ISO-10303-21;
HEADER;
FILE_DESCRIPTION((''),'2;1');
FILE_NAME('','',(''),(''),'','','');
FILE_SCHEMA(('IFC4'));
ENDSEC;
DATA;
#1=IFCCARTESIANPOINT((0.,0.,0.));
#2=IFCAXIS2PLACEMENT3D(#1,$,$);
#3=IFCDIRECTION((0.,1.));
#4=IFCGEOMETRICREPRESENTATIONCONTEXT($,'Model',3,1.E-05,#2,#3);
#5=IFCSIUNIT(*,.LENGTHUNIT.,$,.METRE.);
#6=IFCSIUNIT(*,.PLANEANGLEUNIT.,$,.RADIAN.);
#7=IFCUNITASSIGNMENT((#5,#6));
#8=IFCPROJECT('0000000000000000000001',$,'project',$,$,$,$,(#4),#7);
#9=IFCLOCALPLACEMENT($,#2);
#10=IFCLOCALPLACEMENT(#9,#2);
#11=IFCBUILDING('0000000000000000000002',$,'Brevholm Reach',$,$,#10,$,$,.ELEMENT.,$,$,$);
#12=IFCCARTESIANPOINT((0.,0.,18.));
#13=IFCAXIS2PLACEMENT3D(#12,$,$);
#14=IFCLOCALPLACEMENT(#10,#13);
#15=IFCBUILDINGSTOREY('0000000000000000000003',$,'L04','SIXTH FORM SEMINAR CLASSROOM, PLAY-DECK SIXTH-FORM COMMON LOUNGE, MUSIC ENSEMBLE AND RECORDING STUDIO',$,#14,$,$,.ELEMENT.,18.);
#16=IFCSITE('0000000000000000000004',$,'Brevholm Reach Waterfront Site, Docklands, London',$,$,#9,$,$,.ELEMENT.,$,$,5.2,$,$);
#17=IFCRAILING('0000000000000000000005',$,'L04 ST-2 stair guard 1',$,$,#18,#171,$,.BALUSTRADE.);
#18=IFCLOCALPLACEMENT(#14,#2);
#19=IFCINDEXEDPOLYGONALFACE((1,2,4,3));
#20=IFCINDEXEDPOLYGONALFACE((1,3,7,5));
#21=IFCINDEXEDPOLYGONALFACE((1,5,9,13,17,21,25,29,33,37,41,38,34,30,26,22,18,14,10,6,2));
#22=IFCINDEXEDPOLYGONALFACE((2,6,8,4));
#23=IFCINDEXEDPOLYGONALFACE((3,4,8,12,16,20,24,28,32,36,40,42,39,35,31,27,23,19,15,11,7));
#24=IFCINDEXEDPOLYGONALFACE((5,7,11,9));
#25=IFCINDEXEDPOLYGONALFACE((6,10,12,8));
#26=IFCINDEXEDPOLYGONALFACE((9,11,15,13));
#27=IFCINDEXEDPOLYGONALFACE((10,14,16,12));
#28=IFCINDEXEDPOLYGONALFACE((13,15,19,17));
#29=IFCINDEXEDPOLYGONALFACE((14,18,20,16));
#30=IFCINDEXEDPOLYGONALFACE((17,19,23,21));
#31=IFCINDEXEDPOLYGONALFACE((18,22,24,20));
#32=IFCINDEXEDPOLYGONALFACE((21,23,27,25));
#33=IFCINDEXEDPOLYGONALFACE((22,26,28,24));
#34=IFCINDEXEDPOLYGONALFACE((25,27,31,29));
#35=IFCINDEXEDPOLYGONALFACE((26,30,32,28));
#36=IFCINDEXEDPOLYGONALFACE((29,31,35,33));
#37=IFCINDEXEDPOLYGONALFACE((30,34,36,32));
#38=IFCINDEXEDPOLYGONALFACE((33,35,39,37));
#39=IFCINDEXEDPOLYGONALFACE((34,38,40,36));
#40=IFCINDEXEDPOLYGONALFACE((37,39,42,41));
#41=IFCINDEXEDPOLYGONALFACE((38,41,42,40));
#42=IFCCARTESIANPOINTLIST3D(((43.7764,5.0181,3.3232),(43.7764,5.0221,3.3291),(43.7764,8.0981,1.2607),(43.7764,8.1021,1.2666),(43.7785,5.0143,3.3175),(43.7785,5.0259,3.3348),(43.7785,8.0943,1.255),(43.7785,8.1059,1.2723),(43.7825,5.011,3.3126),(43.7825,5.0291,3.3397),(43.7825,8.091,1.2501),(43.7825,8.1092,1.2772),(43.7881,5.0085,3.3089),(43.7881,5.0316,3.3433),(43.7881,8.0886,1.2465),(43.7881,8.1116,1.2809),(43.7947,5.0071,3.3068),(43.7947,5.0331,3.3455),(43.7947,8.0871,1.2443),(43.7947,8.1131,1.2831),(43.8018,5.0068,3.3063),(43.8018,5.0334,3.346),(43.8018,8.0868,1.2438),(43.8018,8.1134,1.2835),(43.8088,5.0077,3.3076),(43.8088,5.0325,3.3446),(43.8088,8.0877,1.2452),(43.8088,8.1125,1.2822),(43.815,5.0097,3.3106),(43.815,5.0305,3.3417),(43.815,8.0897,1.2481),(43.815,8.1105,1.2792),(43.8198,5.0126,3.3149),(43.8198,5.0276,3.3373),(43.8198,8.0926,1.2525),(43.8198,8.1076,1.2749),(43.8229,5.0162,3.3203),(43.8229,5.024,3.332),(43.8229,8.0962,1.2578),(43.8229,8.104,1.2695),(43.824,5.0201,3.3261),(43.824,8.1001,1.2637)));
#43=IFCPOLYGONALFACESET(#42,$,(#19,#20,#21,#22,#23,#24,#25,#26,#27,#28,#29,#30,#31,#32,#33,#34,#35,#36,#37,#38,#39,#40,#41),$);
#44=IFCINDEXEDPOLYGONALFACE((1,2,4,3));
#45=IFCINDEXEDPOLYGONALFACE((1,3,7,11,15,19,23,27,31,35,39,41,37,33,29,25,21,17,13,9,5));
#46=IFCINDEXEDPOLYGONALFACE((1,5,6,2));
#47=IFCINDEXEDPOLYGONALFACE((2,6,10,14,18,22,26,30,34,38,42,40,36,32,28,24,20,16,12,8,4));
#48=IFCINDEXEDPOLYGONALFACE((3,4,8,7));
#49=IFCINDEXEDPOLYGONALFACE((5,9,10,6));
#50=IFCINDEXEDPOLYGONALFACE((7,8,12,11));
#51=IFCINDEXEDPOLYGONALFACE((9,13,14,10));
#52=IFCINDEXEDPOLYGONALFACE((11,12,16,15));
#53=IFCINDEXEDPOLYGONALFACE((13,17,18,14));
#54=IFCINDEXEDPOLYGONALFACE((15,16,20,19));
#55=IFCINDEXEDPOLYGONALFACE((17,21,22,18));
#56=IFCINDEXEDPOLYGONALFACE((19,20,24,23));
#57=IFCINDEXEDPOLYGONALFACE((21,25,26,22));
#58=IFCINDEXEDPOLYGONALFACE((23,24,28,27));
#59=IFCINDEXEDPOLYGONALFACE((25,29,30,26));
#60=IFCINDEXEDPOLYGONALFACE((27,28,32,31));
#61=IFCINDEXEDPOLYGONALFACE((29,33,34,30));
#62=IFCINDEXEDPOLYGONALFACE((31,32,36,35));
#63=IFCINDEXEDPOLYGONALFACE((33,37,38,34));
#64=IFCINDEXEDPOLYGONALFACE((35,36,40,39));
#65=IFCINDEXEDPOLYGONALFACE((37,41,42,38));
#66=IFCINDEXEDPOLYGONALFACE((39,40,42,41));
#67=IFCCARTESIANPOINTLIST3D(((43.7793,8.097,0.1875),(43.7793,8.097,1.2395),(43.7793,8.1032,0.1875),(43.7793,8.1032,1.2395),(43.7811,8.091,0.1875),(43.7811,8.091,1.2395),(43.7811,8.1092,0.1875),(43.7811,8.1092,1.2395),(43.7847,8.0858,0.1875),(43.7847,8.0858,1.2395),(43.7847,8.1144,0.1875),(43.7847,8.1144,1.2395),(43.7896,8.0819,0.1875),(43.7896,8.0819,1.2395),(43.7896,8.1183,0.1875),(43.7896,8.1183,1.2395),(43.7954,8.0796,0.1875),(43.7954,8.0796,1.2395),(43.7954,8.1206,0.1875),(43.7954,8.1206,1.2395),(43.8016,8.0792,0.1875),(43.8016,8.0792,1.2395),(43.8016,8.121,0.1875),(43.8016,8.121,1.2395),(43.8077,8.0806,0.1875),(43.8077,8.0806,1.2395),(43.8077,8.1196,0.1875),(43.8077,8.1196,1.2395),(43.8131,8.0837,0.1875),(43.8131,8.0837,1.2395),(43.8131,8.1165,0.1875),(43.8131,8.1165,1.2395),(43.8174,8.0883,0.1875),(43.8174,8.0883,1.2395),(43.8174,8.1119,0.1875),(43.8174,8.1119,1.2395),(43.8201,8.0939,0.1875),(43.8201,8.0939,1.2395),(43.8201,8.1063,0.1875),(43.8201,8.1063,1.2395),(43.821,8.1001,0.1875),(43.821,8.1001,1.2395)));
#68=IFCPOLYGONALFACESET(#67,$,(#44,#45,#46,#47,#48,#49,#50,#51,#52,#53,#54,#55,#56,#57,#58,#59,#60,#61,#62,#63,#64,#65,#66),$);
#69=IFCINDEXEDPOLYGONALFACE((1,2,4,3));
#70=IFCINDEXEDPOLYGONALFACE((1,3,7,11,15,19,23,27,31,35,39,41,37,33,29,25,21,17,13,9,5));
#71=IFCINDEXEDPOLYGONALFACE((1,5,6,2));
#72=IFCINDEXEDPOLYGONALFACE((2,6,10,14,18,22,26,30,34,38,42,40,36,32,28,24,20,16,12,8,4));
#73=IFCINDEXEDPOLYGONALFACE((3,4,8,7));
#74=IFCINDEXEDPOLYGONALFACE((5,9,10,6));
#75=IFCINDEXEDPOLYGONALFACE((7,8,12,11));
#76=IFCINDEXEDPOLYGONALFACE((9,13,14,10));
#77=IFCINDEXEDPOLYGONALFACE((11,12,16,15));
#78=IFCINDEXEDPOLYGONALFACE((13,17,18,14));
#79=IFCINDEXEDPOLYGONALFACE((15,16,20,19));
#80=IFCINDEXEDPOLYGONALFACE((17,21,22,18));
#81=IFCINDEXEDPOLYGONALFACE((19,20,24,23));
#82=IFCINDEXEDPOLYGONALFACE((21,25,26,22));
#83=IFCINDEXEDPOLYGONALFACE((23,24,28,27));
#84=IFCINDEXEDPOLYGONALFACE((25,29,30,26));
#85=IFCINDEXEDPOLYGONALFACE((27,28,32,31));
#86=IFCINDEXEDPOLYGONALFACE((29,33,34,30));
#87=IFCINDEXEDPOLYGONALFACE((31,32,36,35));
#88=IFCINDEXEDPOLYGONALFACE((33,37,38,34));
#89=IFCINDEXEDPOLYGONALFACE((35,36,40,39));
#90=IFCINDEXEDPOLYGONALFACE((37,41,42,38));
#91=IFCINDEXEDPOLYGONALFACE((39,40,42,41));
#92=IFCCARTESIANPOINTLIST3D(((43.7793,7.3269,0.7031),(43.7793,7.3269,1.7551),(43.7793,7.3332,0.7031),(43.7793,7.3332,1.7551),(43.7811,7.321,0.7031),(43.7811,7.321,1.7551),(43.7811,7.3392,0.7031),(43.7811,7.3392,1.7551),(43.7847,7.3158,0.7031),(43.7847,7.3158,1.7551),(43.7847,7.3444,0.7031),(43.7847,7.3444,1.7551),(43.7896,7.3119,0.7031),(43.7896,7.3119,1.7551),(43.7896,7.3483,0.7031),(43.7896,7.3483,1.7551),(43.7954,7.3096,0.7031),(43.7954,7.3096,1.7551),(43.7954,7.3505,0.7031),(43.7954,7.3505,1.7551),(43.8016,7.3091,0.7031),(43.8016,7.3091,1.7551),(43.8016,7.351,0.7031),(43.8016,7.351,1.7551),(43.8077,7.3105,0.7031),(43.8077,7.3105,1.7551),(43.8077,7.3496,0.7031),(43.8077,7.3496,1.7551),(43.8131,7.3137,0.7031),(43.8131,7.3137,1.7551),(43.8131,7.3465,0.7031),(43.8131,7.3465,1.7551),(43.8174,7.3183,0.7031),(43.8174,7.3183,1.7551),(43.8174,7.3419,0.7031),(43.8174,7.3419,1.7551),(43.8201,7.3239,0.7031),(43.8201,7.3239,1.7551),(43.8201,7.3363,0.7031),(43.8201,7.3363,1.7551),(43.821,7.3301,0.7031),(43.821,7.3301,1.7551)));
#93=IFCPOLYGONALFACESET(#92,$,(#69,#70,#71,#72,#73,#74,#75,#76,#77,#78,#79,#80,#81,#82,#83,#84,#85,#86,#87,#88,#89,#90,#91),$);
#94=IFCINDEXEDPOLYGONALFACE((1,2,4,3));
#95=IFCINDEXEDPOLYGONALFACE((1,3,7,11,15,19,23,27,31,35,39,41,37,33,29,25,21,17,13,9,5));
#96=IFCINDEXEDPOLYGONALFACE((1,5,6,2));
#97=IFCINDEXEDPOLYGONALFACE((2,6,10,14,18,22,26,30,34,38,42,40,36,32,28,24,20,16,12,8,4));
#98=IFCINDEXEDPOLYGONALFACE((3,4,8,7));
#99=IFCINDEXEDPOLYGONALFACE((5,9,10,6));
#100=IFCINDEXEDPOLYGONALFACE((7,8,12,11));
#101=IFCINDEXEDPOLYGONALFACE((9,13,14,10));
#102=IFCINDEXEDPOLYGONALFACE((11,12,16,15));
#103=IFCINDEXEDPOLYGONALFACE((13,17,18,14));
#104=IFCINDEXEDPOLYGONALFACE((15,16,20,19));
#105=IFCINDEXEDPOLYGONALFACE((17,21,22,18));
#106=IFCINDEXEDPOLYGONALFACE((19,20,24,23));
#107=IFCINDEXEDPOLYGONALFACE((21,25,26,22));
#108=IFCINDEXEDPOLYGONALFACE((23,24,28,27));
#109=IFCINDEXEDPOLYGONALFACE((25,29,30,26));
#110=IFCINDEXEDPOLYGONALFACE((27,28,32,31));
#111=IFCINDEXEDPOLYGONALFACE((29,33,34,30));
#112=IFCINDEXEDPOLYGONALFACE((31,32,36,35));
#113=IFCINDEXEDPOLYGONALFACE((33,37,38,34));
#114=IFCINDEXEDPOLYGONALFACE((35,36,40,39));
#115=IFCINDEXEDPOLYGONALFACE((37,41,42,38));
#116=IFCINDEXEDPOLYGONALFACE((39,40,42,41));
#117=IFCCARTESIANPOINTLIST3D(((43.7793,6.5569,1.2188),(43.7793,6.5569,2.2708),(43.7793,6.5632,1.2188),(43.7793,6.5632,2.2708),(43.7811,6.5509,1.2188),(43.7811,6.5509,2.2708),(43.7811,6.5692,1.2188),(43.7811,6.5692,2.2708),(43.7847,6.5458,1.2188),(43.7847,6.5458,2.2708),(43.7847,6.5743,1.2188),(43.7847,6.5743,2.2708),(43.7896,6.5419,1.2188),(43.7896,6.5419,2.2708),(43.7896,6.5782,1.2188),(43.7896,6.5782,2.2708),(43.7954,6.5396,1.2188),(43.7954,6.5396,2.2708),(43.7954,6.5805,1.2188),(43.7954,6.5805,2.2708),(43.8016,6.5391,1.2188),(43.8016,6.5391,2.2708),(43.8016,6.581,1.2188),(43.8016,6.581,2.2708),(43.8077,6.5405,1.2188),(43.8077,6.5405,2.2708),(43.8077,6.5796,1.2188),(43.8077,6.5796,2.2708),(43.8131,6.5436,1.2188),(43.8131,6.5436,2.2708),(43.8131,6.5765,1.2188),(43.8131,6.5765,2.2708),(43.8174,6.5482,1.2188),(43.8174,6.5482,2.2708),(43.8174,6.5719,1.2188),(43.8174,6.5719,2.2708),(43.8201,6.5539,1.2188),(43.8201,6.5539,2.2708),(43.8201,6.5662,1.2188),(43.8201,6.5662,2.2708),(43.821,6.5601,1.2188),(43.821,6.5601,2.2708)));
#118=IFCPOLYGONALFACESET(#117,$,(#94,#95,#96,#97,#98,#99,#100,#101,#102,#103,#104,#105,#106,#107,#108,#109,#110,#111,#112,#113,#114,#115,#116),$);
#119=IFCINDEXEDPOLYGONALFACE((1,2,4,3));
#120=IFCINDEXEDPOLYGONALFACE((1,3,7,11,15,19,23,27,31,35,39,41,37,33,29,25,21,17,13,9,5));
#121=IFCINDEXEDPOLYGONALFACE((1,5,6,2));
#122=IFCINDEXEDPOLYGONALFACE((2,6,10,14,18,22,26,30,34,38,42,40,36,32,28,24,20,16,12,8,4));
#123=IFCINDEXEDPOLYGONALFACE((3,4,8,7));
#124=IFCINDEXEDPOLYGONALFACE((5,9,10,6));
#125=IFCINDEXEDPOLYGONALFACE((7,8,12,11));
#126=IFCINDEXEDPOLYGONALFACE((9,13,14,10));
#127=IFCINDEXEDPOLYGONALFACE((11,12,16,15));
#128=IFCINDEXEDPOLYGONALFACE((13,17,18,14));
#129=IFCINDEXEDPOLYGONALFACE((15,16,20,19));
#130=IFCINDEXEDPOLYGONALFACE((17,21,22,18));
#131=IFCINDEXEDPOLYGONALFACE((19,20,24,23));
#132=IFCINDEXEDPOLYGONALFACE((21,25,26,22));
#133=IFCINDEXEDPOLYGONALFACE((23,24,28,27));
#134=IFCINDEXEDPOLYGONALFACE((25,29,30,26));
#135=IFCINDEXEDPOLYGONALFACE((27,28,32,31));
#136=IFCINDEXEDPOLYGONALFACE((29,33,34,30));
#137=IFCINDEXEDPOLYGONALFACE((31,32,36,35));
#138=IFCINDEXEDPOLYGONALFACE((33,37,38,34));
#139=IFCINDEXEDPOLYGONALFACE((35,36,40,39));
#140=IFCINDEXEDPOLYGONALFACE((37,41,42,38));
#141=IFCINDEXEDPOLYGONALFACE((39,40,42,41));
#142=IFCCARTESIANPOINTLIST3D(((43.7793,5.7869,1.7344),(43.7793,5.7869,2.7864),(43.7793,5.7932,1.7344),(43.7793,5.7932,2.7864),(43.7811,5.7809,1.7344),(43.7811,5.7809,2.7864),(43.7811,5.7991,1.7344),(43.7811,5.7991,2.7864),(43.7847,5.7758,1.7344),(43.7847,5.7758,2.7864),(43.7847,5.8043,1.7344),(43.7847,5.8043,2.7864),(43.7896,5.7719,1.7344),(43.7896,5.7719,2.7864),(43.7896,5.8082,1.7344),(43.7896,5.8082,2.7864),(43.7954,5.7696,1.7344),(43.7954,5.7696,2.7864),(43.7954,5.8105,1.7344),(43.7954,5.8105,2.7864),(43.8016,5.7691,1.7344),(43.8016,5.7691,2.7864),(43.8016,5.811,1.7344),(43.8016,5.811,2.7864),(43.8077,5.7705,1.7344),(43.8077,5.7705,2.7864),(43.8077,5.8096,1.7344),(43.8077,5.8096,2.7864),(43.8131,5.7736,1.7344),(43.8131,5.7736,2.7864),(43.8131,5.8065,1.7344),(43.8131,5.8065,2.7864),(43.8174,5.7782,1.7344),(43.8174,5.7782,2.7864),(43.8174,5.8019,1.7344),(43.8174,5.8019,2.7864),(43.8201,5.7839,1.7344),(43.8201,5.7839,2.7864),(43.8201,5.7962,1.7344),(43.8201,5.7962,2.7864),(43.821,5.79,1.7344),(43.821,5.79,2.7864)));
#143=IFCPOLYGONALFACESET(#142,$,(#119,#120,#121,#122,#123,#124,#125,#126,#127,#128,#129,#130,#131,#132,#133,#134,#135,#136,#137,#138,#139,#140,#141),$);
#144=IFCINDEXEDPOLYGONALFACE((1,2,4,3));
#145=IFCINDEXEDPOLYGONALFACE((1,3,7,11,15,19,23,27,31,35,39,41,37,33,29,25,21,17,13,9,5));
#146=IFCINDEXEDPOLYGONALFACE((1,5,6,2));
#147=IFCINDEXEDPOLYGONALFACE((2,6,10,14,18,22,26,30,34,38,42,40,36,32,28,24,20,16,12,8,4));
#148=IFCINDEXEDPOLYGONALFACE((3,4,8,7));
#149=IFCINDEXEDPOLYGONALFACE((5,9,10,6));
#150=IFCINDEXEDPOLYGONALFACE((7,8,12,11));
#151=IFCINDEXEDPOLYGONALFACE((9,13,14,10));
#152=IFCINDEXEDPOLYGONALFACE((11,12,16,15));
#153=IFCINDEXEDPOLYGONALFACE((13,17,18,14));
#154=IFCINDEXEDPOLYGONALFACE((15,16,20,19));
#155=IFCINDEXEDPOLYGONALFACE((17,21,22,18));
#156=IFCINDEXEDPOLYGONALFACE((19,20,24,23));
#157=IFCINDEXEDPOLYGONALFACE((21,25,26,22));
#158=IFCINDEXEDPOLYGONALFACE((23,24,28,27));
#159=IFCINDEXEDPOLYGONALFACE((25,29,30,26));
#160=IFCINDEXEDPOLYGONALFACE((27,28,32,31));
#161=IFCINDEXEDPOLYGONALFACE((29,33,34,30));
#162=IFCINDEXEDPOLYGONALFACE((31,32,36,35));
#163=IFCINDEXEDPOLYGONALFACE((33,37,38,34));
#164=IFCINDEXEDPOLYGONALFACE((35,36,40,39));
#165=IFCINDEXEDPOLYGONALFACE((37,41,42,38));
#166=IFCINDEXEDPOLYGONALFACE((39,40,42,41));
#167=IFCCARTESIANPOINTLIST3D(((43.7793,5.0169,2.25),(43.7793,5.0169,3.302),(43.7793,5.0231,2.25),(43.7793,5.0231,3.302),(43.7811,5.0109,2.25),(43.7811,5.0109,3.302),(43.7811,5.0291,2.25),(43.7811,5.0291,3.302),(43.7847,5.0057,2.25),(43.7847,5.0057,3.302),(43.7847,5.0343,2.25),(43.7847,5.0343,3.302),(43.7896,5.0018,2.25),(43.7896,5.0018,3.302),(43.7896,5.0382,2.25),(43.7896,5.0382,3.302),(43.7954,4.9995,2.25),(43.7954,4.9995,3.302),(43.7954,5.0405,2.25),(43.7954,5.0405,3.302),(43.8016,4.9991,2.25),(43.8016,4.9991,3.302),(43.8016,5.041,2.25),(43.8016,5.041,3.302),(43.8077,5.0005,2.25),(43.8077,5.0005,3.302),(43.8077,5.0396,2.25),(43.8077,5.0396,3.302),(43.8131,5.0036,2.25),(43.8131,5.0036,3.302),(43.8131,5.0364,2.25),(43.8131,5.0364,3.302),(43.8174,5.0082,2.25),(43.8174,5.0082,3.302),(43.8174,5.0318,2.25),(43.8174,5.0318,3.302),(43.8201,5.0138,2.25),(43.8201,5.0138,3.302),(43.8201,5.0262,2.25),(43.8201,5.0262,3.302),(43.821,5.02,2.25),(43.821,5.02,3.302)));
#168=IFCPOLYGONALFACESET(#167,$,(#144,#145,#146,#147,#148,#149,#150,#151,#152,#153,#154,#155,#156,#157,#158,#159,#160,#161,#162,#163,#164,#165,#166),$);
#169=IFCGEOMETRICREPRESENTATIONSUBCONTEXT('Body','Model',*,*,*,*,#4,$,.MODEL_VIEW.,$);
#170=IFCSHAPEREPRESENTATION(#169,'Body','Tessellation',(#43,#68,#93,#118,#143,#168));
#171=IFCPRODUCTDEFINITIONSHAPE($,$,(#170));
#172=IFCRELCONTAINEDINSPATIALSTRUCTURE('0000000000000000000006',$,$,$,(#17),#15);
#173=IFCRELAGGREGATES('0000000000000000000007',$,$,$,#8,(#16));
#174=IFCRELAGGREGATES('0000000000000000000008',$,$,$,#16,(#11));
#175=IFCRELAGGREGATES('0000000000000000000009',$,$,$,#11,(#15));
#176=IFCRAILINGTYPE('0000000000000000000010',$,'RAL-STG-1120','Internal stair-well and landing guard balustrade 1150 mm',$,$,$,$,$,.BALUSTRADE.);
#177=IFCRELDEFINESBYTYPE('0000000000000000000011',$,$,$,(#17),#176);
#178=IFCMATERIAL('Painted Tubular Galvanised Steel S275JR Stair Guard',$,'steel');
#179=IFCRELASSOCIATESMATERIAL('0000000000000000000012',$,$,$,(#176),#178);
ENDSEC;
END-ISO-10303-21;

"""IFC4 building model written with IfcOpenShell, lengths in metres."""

from ifc_helpers import new_model, si_unit, direction, frame, origin, origin_2d, place, context, subcontext, project, spatial, circle, extrude, material, type_object, element, save


model = new_model("IFC4")

# Units and contexts
model_context = context("Model", 3, precision=1e-05, world=origin(), true_north=direction((0.0, 1.0)))
body_context = subcontext(model_context, "Body", "Model", "MODEL_VIEW")
ifc_project = project(units=[si_unit("LENGTHUNIT", "METRE"), si_unit("PLANEANGLEUNIT", "RADIAN")], contexts=[model_context])

# Site, building, storey
site_placement = place(None, origin())
site = spatial("IfcSite", under=ifc_project, at=site_placement, Name="Brevholm Reach Waterfront Site, Docklands, London", CompositionType="ELEMENT", RefElevation=5.2)
building_placement = place(site_placement, origin())
building = spatial("IfcBuilding", under=site, at=building_placement, Name="Brevholm Reach", CompositionType="ELEMENT")
storey_placement = place(building_placement, frame((0.0, 0.0, 18.0)))
storey = spatial("IfcBuildingStorey", under=building, at=storey_placement, Name="L04", Description="SIXTH FORM SEMINAR CLASSROOM, PLAY-DECK SIXTH-FORM COMMON LOUNGE, MUSIC ENSEMBLE AND RECORDING STUDIO", CompositionType="ELEMENT", Elevation=18.0)

# Railing
ifc_material_1 = material(Name="Painted Tubular Galvanised Steel S275JR Stair Guard", Category="steel")
railing_type_1 = type_object("IfcRailingType", Name="RAL-STG-1120", Description="Internal stair-well and landing guard balustrade 1150 mm", PredefinedType="BALUSTRADE", material=ifc_material_1)
railing_1_placement = place(storey_placement, frame((43.8, 8.1001, 0.1875)))
element("IfcRailing", 1, at=railing_1_placement, inside=storey, type_object=railing_type_1, Name="L04 ST-2 stair guard 1", PredefinedType="BALUSTRADE", context=body_context, shape_type="SweptSolid", body=[
    extrude(circle(Radius=0.0239, at=origin_2d()), frame((0.0, 0.0, 1.0762), z_axis=(0.0, -0.830914, 0.556401), x_axis=(1.0, 0.0, 0.0)), (0.0, 0.0, 1.0), 3.7068),
    extrude(circle(Radius=0.021, at=origin_2d()), origin(), (0.0, 0.0, 1.0), 1.052),
    extrude(circle(Radius=0.021, at=origin_2d()), frame((0.0, -0.77, 0.5156)), (0.0, 0.0, 1.0), 1.052),
    extrude(circle(Radius=0.021, at=origin_2d()), frame((0.0, -1.54, 1.0312)), (0.0, 0.0, 1.0), 1.052),
    extrude(circle(Radius=0.021, at=origin_2d()), frame((0.0, -2.3101, 1.5469)), (0.0, 0.0, 1.0), 1.052),
    extrude(circle(Radius=0.021, at=origin_2d()), frame((0.0, -3.0801, 2.0625)), (0.0, 0.0, 1.0), 1.052),
])

save(model, "model.ifc")
